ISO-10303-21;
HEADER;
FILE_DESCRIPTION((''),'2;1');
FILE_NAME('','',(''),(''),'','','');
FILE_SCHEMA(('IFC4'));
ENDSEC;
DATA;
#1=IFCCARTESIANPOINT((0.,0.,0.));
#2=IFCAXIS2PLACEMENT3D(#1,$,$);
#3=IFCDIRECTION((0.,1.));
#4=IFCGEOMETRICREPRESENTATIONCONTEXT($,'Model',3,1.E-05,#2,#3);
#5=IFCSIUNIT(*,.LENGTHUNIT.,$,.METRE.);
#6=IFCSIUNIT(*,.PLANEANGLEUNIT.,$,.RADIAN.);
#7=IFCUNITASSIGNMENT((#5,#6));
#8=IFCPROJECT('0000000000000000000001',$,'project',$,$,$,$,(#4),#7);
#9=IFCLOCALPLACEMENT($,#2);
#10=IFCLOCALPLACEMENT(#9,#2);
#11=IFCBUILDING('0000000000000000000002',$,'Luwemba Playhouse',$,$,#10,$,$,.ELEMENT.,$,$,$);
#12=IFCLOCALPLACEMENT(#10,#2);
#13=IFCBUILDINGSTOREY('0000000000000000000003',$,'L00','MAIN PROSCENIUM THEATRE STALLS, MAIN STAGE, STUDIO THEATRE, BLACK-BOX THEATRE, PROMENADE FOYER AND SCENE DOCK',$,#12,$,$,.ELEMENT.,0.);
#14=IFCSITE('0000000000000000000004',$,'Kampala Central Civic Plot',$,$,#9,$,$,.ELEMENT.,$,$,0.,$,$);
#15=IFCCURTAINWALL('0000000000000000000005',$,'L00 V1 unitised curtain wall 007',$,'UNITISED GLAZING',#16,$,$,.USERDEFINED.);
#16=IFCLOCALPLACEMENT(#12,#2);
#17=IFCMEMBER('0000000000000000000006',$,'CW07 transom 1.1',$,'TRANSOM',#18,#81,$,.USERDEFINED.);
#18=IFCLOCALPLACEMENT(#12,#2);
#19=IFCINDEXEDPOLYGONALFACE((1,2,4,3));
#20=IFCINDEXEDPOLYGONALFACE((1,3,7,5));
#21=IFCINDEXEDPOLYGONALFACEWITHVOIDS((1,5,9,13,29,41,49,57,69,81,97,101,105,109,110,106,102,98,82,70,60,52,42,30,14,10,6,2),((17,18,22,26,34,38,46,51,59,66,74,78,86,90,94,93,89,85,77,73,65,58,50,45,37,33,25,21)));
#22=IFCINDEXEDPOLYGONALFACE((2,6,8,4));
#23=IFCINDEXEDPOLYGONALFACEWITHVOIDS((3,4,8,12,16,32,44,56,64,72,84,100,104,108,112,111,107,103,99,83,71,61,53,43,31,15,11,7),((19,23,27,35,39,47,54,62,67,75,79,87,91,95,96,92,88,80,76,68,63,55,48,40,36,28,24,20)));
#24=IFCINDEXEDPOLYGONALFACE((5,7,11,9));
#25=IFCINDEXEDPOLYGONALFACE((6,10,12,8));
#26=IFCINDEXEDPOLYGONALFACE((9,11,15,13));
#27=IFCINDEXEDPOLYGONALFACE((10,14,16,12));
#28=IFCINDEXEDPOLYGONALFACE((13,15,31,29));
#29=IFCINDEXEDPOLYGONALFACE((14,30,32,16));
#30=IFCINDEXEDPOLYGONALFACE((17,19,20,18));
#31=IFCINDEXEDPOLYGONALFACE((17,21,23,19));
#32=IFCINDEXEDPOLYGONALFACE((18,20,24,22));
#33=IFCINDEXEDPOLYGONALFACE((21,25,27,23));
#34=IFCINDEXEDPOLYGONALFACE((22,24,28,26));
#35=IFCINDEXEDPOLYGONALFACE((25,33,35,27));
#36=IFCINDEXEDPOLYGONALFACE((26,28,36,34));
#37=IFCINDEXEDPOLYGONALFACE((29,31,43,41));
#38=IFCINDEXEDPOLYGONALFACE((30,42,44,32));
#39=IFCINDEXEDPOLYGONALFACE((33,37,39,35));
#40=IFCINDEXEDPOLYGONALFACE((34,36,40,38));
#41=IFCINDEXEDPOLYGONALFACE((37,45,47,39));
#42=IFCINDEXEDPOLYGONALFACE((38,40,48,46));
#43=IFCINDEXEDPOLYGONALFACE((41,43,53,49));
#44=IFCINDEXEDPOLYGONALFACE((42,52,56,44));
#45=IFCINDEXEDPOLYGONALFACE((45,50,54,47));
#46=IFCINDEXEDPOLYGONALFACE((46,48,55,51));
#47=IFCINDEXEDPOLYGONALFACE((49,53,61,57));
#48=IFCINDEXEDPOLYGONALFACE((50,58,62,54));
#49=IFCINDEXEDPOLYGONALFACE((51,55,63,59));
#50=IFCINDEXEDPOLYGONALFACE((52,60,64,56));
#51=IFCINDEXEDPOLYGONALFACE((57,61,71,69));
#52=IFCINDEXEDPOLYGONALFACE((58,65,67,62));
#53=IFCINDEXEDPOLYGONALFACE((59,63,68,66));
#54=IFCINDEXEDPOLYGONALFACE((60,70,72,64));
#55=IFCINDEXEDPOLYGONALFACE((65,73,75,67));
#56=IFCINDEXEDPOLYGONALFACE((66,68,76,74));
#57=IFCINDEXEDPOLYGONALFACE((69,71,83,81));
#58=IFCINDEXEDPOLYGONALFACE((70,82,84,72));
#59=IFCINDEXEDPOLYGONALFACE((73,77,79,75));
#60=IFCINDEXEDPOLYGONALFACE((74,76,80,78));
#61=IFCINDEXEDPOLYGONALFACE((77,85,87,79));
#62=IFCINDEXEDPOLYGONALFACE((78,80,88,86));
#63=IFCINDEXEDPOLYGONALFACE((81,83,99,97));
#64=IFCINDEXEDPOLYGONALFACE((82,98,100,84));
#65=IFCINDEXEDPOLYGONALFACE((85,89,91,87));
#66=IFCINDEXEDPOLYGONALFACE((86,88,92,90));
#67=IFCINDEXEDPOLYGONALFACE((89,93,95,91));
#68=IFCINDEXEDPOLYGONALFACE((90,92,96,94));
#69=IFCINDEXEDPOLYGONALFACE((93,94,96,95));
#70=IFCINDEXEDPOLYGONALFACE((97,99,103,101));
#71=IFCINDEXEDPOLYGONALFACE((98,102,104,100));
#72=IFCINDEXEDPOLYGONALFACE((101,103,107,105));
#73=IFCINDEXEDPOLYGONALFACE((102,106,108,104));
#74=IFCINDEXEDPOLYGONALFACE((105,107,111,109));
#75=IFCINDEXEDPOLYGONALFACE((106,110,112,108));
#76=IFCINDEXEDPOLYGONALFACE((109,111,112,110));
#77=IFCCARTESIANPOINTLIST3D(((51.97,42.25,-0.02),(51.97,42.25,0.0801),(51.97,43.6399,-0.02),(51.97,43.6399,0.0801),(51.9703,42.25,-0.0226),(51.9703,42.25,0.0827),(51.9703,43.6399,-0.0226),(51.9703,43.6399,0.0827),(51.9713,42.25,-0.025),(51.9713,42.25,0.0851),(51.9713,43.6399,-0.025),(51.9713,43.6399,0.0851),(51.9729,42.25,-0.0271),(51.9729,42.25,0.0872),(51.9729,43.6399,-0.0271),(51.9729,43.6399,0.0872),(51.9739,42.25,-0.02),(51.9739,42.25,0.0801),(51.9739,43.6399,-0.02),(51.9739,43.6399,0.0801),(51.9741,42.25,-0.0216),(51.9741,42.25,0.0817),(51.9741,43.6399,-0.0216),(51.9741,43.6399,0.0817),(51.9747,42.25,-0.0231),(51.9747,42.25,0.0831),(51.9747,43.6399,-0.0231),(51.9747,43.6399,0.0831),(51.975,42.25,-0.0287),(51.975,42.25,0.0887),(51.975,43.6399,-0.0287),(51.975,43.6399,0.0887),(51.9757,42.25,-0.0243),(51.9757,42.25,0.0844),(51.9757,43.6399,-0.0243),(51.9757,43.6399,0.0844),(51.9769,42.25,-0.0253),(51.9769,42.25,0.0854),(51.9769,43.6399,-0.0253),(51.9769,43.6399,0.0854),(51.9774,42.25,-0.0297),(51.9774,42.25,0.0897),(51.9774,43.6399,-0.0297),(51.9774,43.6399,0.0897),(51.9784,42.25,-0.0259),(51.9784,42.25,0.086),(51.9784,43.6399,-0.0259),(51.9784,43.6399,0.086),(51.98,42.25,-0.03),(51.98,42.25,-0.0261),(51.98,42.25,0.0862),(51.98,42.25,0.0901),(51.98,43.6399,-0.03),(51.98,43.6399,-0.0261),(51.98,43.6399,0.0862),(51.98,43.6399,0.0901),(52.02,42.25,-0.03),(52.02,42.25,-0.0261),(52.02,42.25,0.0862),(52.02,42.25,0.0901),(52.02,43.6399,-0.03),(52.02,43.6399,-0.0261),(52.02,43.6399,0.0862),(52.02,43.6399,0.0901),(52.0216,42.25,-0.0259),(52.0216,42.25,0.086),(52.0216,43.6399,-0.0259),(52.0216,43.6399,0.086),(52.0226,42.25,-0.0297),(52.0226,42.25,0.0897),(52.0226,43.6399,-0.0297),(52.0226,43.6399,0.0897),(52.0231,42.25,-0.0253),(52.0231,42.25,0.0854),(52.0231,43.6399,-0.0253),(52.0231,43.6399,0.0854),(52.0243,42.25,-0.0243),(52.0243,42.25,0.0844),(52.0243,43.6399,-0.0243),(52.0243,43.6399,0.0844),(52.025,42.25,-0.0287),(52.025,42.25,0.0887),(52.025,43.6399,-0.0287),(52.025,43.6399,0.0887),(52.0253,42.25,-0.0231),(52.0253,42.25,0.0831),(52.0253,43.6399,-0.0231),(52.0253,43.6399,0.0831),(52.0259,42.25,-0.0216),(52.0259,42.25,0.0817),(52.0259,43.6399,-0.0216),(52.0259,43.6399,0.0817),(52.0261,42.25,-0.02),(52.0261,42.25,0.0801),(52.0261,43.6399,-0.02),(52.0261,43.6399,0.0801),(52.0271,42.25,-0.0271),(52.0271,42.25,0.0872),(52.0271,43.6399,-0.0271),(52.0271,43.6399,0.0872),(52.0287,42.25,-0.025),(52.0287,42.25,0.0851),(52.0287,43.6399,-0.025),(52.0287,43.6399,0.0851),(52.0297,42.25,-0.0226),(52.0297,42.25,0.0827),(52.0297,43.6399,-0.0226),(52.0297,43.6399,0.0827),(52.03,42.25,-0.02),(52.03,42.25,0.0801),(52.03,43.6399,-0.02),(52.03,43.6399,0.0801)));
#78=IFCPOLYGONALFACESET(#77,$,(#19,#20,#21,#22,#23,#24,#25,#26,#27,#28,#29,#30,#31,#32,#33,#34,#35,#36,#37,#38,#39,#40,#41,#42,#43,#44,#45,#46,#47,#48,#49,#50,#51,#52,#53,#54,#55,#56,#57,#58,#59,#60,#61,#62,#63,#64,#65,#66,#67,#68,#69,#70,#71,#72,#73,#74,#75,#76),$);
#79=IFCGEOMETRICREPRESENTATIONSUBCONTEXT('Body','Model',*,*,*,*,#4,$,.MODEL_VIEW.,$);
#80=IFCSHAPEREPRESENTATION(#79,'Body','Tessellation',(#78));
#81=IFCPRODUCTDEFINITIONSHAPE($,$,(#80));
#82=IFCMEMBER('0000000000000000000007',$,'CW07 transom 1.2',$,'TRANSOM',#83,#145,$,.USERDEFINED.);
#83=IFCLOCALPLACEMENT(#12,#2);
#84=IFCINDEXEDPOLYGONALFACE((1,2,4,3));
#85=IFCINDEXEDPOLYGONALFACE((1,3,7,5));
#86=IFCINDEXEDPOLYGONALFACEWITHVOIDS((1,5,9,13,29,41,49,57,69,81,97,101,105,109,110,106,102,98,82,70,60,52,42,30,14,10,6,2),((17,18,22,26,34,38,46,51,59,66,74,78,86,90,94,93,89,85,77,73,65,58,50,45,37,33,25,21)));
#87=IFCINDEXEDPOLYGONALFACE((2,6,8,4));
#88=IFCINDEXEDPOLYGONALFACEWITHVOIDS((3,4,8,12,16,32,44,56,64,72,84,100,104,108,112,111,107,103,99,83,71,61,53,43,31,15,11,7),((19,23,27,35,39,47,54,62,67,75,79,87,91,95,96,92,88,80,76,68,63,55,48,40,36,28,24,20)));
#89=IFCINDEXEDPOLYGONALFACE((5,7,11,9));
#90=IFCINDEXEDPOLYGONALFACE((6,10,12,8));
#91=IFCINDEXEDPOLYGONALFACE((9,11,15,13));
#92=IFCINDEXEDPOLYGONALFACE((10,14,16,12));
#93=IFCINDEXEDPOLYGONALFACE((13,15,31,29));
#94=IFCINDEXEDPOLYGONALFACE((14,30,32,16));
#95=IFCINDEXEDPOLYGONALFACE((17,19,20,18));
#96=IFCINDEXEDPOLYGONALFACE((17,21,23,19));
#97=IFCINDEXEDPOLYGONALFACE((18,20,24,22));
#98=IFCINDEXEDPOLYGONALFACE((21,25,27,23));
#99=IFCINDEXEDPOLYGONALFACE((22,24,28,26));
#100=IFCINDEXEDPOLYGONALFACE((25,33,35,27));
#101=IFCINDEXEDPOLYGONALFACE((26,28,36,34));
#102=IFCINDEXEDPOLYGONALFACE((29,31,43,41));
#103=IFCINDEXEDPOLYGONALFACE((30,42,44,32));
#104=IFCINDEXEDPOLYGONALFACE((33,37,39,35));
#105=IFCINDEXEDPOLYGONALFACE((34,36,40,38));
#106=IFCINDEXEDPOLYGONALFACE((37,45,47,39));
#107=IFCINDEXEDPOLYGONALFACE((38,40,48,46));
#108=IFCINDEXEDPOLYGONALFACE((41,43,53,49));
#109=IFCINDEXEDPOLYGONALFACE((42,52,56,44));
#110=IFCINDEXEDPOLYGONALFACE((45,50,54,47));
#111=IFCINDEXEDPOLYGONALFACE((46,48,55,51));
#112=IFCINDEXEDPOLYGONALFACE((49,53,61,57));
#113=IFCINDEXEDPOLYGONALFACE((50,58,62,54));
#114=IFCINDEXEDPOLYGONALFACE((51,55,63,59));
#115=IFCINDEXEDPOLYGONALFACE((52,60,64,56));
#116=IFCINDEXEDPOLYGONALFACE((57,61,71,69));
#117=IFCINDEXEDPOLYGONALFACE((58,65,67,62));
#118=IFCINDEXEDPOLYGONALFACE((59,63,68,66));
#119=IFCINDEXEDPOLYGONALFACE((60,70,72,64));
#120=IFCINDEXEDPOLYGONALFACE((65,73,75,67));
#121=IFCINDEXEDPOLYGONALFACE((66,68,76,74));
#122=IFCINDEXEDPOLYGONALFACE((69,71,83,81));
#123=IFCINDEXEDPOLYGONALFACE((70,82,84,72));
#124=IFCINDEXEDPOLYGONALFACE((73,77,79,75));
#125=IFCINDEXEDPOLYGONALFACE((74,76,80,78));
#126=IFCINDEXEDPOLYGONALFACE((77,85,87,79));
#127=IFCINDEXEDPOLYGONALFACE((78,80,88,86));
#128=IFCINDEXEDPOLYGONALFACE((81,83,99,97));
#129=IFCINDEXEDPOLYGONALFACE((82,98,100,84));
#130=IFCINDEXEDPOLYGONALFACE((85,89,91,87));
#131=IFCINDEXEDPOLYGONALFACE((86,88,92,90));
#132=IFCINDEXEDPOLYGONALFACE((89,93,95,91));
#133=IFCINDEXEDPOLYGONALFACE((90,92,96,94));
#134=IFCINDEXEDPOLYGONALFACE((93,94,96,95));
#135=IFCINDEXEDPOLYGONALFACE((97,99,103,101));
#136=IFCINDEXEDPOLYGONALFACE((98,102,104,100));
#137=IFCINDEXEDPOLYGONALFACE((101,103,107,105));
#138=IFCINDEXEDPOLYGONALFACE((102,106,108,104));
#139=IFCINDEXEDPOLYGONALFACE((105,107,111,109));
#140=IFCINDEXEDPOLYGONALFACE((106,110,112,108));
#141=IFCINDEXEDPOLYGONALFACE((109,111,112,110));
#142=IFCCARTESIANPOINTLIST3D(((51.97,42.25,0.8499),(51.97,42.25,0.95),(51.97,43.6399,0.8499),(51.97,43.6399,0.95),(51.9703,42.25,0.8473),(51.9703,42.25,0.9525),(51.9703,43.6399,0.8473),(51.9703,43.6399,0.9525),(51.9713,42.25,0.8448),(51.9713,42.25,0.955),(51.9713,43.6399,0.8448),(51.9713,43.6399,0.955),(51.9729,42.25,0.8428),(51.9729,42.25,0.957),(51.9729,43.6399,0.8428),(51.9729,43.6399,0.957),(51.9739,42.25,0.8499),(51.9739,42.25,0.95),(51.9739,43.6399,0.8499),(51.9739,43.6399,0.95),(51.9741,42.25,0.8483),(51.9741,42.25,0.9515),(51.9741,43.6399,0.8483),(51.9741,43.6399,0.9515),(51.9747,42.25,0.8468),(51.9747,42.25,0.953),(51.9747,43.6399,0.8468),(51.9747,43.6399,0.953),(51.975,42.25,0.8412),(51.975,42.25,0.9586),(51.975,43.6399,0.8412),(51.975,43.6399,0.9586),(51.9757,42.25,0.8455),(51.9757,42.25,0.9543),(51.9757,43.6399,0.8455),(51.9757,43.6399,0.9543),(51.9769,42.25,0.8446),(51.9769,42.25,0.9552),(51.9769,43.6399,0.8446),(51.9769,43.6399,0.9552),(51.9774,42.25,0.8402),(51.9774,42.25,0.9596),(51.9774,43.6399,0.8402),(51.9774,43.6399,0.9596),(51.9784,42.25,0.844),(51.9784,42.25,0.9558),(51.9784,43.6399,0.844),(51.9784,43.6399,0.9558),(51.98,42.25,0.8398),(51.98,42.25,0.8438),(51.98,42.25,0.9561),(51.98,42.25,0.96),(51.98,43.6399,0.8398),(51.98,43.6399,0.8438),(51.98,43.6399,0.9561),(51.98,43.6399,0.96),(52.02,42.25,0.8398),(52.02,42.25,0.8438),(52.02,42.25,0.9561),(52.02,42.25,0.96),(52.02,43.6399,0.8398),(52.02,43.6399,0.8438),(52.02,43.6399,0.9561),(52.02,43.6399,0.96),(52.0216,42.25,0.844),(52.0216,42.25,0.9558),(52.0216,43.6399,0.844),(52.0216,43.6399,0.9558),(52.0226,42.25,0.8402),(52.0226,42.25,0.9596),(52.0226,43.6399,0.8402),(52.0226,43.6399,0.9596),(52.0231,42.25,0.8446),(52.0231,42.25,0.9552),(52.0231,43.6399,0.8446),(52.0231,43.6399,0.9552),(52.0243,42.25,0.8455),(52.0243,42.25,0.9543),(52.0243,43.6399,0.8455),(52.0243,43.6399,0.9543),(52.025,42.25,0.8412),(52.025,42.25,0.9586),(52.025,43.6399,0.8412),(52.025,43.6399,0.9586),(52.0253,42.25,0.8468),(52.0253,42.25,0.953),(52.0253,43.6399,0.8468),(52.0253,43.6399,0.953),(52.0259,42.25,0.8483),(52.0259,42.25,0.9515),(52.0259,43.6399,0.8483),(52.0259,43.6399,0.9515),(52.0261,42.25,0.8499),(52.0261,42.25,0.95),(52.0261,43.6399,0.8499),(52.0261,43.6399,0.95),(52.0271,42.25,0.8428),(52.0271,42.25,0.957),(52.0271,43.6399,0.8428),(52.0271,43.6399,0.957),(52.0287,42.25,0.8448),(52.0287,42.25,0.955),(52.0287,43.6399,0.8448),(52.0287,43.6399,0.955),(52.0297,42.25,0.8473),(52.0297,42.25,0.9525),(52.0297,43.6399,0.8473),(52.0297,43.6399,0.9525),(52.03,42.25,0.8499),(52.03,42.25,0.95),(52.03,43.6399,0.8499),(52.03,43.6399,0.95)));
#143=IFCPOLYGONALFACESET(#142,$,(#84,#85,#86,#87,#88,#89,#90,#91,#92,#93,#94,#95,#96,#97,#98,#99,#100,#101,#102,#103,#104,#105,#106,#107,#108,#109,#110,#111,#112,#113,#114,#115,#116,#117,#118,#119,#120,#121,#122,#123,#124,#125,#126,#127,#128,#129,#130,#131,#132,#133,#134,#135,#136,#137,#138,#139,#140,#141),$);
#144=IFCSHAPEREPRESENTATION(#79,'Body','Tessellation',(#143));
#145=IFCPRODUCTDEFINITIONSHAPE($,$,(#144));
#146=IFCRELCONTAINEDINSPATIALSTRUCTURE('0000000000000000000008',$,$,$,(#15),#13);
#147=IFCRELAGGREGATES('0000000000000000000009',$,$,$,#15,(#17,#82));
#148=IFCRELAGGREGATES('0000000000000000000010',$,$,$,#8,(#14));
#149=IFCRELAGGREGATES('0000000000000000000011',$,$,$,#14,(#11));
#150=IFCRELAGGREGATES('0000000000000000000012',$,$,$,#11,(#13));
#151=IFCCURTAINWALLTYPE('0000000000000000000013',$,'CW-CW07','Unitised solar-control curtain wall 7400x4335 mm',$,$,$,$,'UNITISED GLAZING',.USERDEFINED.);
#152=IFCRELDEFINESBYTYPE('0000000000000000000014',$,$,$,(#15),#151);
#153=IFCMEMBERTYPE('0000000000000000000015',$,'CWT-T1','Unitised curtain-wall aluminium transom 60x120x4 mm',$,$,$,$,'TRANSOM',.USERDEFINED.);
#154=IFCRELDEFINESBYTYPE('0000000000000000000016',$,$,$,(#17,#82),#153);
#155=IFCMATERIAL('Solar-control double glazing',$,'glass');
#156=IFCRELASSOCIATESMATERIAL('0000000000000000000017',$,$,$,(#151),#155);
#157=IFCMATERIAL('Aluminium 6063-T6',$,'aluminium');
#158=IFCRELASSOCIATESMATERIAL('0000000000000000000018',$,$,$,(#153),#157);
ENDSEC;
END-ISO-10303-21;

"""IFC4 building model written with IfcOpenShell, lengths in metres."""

from ifc_helpers import new_model, si_unit, direction, frame, origin, origin_2d, place, context, subcontext, project, spatial, hollow_rectangle, extrude, material, material_profile, profile_set, type_object, element, aggregate, save


model = new_model("IFC4")

# Units and contexts
model_context = context("Model", 3, precision=1e-05, world=origin(), true_north=direction((0.0, 1.0)))
body_context = subcontext(model_context, "Body", "Model", "MODEL_VIEW")
ifc_project = project(units=[si_unit("LENGTHUNIT", "METRE"), si_unit("PLANEANGLEUNIT", "RADIAN")], contexts=[model_context])

# Site, building, storey
site_placement = place(None, origin())
site = spatial("IfcSite", under=ifc_project, at=site_placement, Name="Kampala Central Civic Plot", CompositionType="ELEMENT", RefElevation=0.0)
building_placement = place(site_placement, origin())
building = spatial("IfcBuilding", under=site, at=building_placement, Name="Luwemba Playhouse", CompositionType="ELEMENT")
storey_placement = place(building_placement, origin())
storey = spatial("IfcBuildingStorey", under=building, at=storey_placement, Name="L00", Description="MAIN PROSCENIUM THEATRE STALLS, MAIN STAGE, STUDIO THEATRE, BLACK-BOX THEATRE, PROMENADE FOYER AND SCENE DOCK", CompositionType="ELEMENT", Elevation=0.0)

# Curtain wall
ifc_material_1 = material(Name="Solar-control double glazing", Category="glass")
curtain_wall_type_1 = type_object("IfcCurtainWallType", Name="CW-CW07", Description="Unitised solar-control curtain wall 7400x4335 mm", ElementType="UNITISED GLAZING", PredefinedType="USERDEFINED", material=ifc_material_1)
curtain_wall_1_placement = place(storey_placement, origin())
curtain_wall_1 = element("IfcCurtainWall", 1, at=curtain_wall_1_placement, inside=storey, type_object=curtain_wall_type_1, Name="L00 V1 unitised curtain wall 007", ObjectType="UNITISED GLAZING", PredefinedType="USERDEFINED")
ifc_material_2 = material(Name="Aluminium 6063-T6", Category="aluminium")

# Members
ifc_material_profile_1 = material_profile(ifc_material_2, hollow_rectangle(XDim=0.0601, YDim=0.1201, WallThickness=0.0039, InnerFilletRadius=0.0061, OuterFilletRadius=0.01, at=origin_2d()))
ifc_profile_set_1 = profile_set([ifc_material_profile_1], Name="Aluminium 6063-T6")
member_type_1 = type_object("IfcMemberType", Name="CWT-T1", Description="Unitised curtain-wall aluminium transom 60x120x4 mm", ElementType="TRANSOM", PredefinedType="USERDEFINED", material=ifc_profile_set_1)
member_1_placement = place(storey_placement, frame((52.0, 43.6399, 0.03), z_axis=(0.0, -1.0, 0.0), x_axis=(1.0, 0.0, 0.0)))
member_1 = element("IfcMember", 2, at=member_1_placement, type_object=member_type_1, Name="CW07 transom 1.1", ObjectType="TRANSOM", PredefinedType="USERDEFINED", context=body_context, shape_type="SweptSolid", body=[
    extrude(hollow_rectangle(XDim=0.0601, YDim=0.1201, WallThickness=0.0039, InnerFilletRadius=0.0061, OuterFilletRadius=0.01, at=origin_2d()), origin(), (0.0, 0.0, 1.0), 1.3899),
])
member_2_placement = place(storey_placement, frame((52.0, 43.6399, 0.8999), z_axis=(0.0, -1.0, 0.0), x_axis=(1.0, 0.0, 0.0)))
member_2 = element("IfcMember", 3, at=member_2_placement, type_object=member_type_1, Name="CW07 transom 1.2", ObjectType="TRANSOM", PredefinedType="USERDEFINED", context=body_context, shape_type="SweptSolid", body=[
    extrude(hollow_rectangle(XDim=0.0601, YDim=0.1201, WallThickness=0.0039, InnerFilletRadius=0.0061, OuterFilletRadius=0.01, at=origin_2d()), origin(), (0.0, 0.0, 1.0), 1.3899),
])

aggregate(curtain_wall_1, [member_1, member_2])

save(model, "model.ifc")
